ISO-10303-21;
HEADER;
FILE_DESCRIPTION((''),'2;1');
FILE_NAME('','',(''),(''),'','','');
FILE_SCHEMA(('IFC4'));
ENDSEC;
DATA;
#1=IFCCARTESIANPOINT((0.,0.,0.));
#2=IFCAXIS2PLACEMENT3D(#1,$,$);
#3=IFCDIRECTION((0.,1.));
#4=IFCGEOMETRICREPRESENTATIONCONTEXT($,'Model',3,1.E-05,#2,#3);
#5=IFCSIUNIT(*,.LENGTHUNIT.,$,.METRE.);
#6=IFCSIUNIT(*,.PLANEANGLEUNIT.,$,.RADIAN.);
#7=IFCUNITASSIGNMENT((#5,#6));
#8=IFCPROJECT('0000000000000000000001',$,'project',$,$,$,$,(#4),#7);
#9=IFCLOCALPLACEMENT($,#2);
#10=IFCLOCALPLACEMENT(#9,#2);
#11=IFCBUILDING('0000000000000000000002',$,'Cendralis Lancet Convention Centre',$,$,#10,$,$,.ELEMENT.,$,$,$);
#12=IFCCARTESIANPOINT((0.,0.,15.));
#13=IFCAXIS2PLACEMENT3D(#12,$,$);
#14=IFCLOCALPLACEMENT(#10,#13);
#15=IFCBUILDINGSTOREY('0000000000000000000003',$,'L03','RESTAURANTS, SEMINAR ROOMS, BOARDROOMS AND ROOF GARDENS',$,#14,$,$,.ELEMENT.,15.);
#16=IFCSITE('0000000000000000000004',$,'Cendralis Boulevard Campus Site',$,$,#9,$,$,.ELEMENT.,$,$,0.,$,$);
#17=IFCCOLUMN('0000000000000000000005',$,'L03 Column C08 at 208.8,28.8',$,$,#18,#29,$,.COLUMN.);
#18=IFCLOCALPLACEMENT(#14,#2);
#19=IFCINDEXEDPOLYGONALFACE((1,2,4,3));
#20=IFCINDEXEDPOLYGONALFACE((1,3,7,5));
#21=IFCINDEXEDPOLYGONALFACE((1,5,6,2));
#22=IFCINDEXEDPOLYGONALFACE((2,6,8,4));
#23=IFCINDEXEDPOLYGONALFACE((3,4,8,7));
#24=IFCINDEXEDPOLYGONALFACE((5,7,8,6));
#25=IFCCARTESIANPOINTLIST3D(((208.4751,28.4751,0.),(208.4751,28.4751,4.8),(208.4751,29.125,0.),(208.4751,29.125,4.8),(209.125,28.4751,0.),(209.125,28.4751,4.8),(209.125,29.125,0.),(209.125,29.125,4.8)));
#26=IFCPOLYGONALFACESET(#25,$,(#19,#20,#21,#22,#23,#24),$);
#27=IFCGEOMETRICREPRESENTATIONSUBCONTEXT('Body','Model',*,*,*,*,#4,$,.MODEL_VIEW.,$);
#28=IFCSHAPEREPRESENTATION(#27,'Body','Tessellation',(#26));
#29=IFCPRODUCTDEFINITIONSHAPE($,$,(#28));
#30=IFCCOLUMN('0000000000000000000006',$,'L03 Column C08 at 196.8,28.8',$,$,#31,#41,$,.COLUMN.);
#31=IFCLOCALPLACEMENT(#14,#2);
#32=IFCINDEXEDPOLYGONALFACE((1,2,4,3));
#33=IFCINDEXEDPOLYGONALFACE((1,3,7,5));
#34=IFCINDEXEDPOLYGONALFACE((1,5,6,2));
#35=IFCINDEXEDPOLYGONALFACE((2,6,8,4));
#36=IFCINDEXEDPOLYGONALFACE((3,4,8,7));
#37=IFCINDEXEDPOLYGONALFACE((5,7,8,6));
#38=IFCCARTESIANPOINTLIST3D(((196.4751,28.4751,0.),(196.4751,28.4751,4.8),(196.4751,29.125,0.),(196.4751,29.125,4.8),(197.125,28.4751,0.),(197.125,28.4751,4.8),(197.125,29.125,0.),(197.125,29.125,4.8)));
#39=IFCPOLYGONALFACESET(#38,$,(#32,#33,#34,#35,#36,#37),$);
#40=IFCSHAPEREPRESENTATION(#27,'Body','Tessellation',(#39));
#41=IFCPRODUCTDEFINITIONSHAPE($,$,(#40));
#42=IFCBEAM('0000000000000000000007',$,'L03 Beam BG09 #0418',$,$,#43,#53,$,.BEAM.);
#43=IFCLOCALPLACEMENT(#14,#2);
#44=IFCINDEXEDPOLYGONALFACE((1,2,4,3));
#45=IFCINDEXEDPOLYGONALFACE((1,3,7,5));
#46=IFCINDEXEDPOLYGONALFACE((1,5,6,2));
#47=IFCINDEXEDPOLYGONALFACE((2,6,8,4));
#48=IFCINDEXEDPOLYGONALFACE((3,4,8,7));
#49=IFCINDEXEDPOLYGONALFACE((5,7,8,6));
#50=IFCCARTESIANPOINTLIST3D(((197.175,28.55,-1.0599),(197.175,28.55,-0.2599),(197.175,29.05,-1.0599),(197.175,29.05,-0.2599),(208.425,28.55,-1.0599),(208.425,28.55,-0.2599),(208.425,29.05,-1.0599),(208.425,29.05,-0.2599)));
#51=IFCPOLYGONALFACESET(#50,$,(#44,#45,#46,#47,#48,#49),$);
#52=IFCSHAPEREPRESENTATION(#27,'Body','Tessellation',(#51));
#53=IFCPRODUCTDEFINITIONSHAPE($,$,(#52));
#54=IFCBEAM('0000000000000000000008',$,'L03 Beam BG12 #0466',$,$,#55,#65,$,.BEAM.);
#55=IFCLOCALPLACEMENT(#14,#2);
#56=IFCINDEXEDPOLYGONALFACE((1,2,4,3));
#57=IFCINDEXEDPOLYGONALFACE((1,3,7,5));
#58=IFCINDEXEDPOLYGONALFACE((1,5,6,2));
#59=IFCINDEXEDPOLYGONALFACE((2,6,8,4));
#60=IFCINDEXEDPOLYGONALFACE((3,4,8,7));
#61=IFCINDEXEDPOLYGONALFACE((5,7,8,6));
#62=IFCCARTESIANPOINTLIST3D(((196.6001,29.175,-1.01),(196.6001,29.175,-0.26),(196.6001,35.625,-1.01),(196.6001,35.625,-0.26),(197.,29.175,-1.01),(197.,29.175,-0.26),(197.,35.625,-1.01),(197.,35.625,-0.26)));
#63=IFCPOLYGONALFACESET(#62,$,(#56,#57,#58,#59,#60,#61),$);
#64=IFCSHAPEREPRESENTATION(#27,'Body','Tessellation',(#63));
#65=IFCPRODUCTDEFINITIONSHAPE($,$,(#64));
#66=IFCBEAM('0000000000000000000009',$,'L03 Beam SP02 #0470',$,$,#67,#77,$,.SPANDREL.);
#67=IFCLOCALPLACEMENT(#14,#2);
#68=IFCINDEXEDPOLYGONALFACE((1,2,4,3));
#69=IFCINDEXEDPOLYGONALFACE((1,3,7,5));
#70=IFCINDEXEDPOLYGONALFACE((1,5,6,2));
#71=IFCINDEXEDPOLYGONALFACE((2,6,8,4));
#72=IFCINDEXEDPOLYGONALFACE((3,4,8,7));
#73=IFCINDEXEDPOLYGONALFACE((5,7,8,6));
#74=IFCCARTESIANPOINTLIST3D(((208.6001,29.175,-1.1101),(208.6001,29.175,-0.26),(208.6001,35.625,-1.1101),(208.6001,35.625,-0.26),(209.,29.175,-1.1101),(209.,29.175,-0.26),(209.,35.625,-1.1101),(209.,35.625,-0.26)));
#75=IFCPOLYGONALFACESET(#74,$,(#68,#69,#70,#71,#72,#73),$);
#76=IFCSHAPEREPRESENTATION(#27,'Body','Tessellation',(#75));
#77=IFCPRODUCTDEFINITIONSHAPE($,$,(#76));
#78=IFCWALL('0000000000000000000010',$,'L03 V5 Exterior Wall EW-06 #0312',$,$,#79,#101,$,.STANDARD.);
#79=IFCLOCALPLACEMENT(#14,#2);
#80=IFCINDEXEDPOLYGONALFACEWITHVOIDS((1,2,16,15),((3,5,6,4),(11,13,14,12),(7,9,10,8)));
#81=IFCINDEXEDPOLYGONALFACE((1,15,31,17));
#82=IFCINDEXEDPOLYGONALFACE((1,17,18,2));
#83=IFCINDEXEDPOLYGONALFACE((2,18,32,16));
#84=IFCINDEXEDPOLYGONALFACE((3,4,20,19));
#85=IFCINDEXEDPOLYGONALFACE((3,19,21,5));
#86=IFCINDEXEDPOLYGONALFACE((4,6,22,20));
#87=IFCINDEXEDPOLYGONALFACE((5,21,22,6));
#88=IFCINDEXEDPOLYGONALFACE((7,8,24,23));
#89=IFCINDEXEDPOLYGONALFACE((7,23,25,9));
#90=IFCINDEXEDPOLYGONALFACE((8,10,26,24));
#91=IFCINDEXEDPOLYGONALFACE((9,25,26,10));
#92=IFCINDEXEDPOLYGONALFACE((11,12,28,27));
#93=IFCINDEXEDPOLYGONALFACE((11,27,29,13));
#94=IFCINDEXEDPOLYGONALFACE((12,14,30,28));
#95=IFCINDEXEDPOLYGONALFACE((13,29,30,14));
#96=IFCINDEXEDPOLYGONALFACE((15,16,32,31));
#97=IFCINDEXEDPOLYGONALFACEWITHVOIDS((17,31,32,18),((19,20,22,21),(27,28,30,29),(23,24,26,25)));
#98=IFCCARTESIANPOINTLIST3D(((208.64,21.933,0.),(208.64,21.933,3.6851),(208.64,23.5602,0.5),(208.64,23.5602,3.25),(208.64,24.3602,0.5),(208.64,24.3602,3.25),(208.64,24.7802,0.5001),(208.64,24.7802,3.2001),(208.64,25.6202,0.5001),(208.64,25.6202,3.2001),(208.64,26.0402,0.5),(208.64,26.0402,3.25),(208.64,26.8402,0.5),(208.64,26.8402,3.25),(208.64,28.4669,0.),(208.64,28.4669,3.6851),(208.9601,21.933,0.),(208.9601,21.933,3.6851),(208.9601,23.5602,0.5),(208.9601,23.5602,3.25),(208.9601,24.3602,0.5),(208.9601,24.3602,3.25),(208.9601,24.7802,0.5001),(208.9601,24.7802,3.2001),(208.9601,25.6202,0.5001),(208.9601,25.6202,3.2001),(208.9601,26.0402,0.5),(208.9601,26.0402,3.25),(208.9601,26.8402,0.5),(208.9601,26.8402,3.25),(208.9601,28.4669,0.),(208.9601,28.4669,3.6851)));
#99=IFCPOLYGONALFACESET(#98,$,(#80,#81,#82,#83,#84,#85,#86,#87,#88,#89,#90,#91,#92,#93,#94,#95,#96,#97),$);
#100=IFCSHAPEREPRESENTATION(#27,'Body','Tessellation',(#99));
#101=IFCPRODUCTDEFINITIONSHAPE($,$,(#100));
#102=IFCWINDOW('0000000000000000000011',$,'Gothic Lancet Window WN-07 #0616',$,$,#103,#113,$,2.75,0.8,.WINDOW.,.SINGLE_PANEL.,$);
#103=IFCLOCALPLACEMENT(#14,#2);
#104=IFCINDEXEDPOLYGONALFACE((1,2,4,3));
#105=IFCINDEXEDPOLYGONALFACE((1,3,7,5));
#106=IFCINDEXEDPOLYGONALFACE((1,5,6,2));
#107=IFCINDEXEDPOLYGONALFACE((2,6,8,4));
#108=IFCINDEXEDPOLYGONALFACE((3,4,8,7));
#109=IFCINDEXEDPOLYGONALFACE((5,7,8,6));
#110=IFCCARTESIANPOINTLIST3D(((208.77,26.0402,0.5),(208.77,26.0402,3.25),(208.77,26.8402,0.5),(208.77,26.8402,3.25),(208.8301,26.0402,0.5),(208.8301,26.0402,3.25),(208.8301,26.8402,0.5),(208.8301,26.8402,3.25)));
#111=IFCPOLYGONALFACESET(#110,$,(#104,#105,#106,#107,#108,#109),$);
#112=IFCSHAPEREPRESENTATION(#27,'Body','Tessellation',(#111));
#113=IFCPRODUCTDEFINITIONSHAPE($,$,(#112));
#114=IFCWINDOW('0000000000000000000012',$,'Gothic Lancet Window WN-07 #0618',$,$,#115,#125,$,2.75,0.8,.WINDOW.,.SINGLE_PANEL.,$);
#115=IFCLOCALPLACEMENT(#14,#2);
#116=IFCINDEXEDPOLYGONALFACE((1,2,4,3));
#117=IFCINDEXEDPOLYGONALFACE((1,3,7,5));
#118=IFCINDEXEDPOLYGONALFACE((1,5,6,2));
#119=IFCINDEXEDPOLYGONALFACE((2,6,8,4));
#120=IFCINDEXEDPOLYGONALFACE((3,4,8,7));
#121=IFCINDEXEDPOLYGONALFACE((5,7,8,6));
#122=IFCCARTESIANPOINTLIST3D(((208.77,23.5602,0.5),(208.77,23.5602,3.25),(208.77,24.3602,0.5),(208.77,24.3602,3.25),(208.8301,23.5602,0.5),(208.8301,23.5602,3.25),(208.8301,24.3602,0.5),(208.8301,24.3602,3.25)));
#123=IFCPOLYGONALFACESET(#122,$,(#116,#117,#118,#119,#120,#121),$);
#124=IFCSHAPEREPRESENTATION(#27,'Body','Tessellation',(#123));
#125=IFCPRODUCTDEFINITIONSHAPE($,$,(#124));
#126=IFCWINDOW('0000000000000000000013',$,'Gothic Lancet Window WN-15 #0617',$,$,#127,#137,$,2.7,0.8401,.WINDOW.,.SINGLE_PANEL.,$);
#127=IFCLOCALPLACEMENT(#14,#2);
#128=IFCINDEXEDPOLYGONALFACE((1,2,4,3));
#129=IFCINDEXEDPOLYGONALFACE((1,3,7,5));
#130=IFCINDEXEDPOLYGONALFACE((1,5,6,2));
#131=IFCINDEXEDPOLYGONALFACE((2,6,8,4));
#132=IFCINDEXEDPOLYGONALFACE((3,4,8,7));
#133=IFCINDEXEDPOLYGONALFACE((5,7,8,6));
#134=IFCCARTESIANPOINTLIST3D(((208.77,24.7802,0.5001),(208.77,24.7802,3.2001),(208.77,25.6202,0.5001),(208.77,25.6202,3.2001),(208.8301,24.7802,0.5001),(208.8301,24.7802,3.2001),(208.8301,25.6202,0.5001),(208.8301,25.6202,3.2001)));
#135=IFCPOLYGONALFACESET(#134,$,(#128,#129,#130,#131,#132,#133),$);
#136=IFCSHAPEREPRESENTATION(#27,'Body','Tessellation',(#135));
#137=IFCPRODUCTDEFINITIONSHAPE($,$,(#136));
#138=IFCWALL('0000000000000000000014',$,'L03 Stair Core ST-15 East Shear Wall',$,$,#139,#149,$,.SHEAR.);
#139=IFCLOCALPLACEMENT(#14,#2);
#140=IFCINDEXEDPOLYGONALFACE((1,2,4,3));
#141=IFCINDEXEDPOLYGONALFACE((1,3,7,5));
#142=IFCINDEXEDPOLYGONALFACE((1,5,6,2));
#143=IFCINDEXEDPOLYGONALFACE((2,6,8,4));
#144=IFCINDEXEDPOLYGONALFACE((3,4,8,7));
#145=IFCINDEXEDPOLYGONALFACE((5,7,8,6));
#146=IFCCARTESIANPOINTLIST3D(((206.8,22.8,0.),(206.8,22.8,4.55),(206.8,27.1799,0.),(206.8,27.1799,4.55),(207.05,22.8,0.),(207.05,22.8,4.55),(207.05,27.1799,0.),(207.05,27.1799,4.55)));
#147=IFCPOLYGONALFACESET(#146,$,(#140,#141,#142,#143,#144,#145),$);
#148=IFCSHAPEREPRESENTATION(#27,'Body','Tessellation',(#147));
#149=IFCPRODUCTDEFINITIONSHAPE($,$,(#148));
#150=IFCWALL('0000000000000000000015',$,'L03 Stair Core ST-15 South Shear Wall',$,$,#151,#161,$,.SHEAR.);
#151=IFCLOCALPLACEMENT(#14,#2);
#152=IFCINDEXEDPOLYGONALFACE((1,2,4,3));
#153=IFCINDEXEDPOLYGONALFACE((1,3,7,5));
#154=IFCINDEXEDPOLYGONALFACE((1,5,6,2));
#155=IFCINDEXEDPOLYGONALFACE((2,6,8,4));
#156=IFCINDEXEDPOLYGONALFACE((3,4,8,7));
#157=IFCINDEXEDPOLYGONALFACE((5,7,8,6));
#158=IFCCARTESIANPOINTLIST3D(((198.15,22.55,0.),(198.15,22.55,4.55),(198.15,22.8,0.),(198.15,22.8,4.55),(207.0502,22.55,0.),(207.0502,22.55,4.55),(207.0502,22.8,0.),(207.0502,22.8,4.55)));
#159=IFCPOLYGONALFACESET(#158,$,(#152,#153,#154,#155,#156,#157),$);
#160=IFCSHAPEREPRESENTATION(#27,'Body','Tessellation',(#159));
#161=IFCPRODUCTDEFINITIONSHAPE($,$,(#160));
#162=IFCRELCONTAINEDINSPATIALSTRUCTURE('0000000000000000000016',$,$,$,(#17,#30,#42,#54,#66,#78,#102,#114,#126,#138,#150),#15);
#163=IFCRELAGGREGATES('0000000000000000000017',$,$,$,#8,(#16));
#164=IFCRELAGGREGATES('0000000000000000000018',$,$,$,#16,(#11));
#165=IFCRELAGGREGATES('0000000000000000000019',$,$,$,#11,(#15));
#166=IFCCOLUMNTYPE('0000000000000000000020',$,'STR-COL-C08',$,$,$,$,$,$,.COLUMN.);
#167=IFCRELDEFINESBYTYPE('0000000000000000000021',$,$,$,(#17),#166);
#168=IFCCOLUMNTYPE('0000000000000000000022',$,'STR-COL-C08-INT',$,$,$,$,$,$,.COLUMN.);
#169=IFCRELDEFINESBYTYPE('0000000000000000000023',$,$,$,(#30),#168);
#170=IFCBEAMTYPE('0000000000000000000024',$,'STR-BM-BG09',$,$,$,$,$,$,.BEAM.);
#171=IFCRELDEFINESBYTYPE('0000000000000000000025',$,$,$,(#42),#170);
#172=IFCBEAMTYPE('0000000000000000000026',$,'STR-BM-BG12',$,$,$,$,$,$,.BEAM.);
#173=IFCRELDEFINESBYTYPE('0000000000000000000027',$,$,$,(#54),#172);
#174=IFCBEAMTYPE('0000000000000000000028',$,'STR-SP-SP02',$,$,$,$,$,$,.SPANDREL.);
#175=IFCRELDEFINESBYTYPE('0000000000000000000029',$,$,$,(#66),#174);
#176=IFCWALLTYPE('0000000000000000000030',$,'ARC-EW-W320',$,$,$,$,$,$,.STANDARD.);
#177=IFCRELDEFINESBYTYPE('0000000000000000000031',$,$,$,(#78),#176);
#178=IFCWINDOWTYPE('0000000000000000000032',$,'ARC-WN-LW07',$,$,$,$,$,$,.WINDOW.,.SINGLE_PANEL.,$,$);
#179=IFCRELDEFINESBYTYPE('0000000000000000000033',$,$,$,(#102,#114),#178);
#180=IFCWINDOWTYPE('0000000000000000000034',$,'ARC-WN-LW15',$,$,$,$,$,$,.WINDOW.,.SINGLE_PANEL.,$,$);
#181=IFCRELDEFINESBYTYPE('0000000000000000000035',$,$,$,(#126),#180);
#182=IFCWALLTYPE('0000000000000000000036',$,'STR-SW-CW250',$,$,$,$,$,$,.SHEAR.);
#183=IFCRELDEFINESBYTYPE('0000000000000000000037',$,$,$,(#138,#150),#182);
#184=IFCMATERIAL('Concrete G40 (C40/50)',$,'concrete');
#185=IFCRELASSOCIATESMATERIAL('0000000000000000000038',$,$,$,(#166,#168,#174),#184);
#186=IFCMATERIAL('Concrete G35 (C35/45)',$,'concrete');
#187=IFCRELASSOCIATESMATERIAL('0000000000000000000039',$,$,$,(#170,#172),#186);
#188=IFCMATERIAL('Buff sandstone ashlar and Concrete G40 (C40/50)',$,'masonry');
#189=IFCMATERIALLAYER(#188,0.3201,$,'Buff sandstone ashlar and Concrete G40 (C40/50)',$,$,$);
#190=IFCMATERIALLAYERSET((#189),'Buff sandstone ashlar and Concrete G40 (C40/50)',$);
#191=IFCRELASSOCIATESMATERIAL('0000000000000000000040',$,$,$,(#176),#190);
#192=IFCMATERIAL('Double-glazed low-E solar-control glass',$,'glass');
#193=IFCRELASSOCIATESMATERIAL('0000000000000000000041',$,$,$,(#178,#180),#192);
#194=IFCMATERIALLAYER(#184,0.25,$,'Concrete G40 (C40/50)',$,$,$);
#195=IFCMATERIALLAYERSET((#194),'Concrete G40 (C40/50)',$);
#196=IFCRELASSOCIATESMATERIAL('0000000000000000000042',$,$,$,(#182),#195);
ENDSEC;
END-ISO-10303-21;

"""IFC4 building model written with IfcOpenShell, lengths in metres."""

from ifc_helpers import new_model, si_unit, direction, frame, frame_2d, origin, origin_2d, place, context, subcontext, project, spatial, rectangle, extrude, material, layer, layer_set, material_profile, profile_set, type_object, element, fill, save


model = new_model("IFC4")

# Units and contexts
model_context = context("Model", 3, precision=1e-05, world=origin(), true_north=direction((0.0, 1.0)))
body_context = subcontext(model_context, "Body", "Model", "MODEL_VIEW")
ifc_project = project(units=[si_unit("LENGTHUNIT", "METRE"), si_unit("PLANEANGLEUNIT", "RADIAN")], contexts=[model_context])

# Site, building, storey
site_placement = place(None, origin())
site = spatial("IfcSite", under=ifc_project, at=site_placement, Name="Cendralis Boulevard Campus Site", CompositionType="ELEMENT", RefElevation=0.0)
building_placement = place(site_placement, origin())
building = spatial("IfcBuilding", under=site, at=building_placement, Name="Cendralis Lancet Convention Centre", CompositionType="ELEMENT")
storey_placement = place(building_placement, frame((0.0, 0.0, 15.0)))
storey = spatial("IfcBuildingStorey", under=building, at=storey_placement, Name="L03", Description="RESTAURANTS, SEMINAR ROOMS, BOARDROOMS AND ROOF GARDENS", CompositionType="ELEMENT", Elevation=15.0)

# Columns
ifc_material_1 = material(Name="Concrete G40 (C40/50)", Category="concrete")
ifc_material_profile_1 = material_profile(ifc_material_1, rectangle(XDim=0.6499, YDim=0.6499, at=origin_2d()), Name="RC 650x650")
ifc_profile_set_1 = profile_set([ifc_material_profile_1], Name="Concrete G40 (C40/50)")
column_type_1 = type_object("IfcColumnType", Name="STR-COL-C08", PredefinedType="COLUMN", material=ifc_profile_set_1)
column_1_placement = place(storey_placement, frame((208.8, 28.8, 0.0), z_axis=(0.0, 0.0, 1.0), x_axis=(1.0, 0.0, 0.0)))
element("IfcColumn", 1, at=column_1_placement, inside=storey, type_object=column_type_1, Name="L03 Column C08 at 208.8,28.8", PredefinedType="COLUMN", context=body_context, shape_type="SweptSolid", body=[
    extrude(rectangle(XDim=0.6499, YDim=0.6499, at=origin_2d()), origin(), (0.0, 0.0, 1.0), 4.8),
])
ifc_material_profile_2 = material_profile(ifc_material_1, rectangle(XDim=0.6499, YDim=0.6499, at=origin_2d()), Name="RC 650x650")
ifc_profile_set_2 = profile_set([ifc_material_profile_2], Name="Concrete G40 (C40/50)")
column_type_2 = type_object("IfcColumnType", Name="STR-COL-C08-INT", PredefinedType="COLUMN", material=ifc_profile_set_2)
column_2_placement = place(storey_placement, frame((196.8, 28.8, 0.0), z_axis=(0.0, 0.0, 1.0), x_axis=(1.0, 0.0, 0.0)))
element("IfcColumn", 2, at=column_2_placement, inside=storey, type_object=column_type_2, Name="L03 Column C08 at 196.8,28.8", PredefinedType="COLUMN", context=body_context, shape_type="SweptSolid", body=[
    extrude(rectangle(XDim=0.6499, YDim=0.6499, at=origin_2d()), origin(), (0.0, 0.0, 1.0), 4.8),
])

# Beams
ifc_material_2 = material(Name="Concrete G35 (C35/45)", Category="concrete")
ifc_material_profile_3 = material_profile(ifc_material_2, rectangle(XDim=0.5, YDim=0.8, at=origin_2d()), Name="RCB 500x800")
ifc_profile_set_3 = profile_set([ifc_material_profile_3], Name="Concrete G35 (C35/45)")
beam_type_1 = type_object("IfcBeamType", Name="STR-BM-BG09", PredefinedType="BEAM", material=ifc_profile_set_3)
beam_1_placement = place(storey_placement, frame((197.175, 28.8, -0.6599), z_axis=(1.0, 0.0, 0.0), x_axis=(0.0, 1.0, 0.0)))
element("IfcBeam", 3, at=beam_1_placement, inside=storey, type_object=beam_type_1, Name="L03 Beam BG09 #0418", PredefinedType="BEAM", context=body_context, shape_type="SweptSolid", body=[
    extrude(rectangle(XDim=0.5, YDim=0.8, at=origin_2d()), origin(), (0.0, 0.0, 1.0), 11.25),
])
ifc_material_profile_4 = material_profile(ifc_material_2, rectangle(XDim=0.3999, YDim=0.75, at=origin_2d()), Name="RCB 400x750")
ifc_profile_set_4 = profile_set([ifc_material_profile_4], Name="Concrete G35 (C35/45)")
beam_type_2 = type_object("IfcBeamType", Name="STR-BM-BG12", PredefinedType="BEAM", material=ifc_profile_set_4)
beam_2_placement = place(storey_placement, frame((196.8, 29.175, -0.635), z_axis=(0.0, 1.0, 0.0), x_axis=(-1.0, 0.0, 0.0)))
element("IfcBeam", 4, at=beam_2_placement, inside=storey, type_object=beam_type_2, Name="L03 Beam BG12 #0466", PredefinedType="BEAM", context=body_context, shape_type="SweptSolid", body=[
    extrude(rectangle(XDim=0.3999, YDim=0.75, at=origin_2d()), origin(), (0.0, 0.0, 1.0), 6.45),
])
ifc_material_profile_5 = material_profile(ifc_material_1, rectangle(XDim=0.3999, YDim=0.8501, at=origin_2d()), Name="RCB 400x850")
ifc_profile_set_5 = profile_set([ifc_material_profile_5], Name="Concrete G40 (C40/50)")
beam_type_3 = type_object("IfcBeamType", Name="STR-SP-SP02", PredefinedType="SPANDREL", material=ifc_profile_set_5)
beam_3_placement = place(storey_placement, frame((208.8, 29.175, -0.6851), z_axis=(0.0, 1.0, 0.0), x_axis=(-1.0, 0.0, 0.0)))
element("IfcBeam", 5, at=beam_3_placement, inside=storey, type_object=beam_type_3, Name="L03 Beam SP02 #0470", PredefinedType="SPANDREL", context=body_context, shape_type="SweptSolid", body=[
    extrude(rectangle(XDim=0.3999, YDim=0.8501, at=origin_2d()), origin(), (0.0, 0.0, 1.0), 6.45),
])

# Wall, openings, windows
ifc_material_3 = material(Name="Buff sandstone ashlar and Concrete G40 (C40/50)", Category="masonry")
ifc_layer_1 = layer(ifc_material_3, 0.3201, Name="Buff sandstone ashlar and Concrete G40 (C40/50)")
ifc_layer_set_1 = layer_set([ifc_layer_1], Name="Buff sandstone ashlar and Concrete G40 (C40/50)")
wall_type_1 = type_object("IfcWallType", Name="ARC-EW-W320", PredefinedType="STANDARD", material=ifc_layer_set_1)
wall_1_placement = place(storey_placement, frame((208.8, 28.467, 0.0), z_axis=(0.0, 0.0, 1.0), x_axis=(0.0, -1.0, 0.0)))
wall_1 = element("IfcWall", 6, at=wall_1_placement, inside=storey, type_object=wall_type_1, Name="L03 V5 Exterior Wall EW-06 #0312", PredefinedType="STANDARD", context=body_context, shape_type="SweptSolid", body=[
    extrude(rectangle(XDim=6.5339, YDim=0.3201, at=frame_2d((3.2671, 0.0))), origin(), (0.0, 0.0, 1.0), 3.6851),
])
opening_1_placement = place(wall_1_placement, frame((1.627, 0.0, 0.5)))
opening_1 = element("IfcOpeningElement", 7, at=opening_1_placement, cuts=wall_1, PredefinedType="OPENING", context=body_context, shape_type="SweptSolid", body=[
    extrude(rectangle(XDim=0.8, YDim=2.75, at=frame_2d((0.3999, 1.375))), frame((0.0, 0.1699, 0.0), z_axis=(0.0, -1.0, 0.0), x_axis=(1.0, 0.0, 0.0)), (0.0, 0.0, 1.0), 0.3401),
])
opening_2_placement = place(wall_1_placement, frame((2.8469, 0.0, 0.5)))
opening_2 = element("IfcOpeningElement", 8, at=opening_2_placement, cuts=wall_1, PredefinedType="OPENING", context=body_context, shape_type="SweptSolid", body=[
    extrude(rectangle(XDim=0.8401, YDim=2.7, at=frame_2d((0.4199, 1.3501))), frame((0.0, 0.1699, 0.0), z_axis=(0.0, -1.0, 0.0), x_axis=(1.0, 0.0, 0.0)), (0.0, 0.0, 1.0), 0.3401),
])
opening_3_placement = place(wall_1_placement, frame((4.1069, 0.0, 0.5)))
opening_3 = element("IfcOpeningElement", 9, at=opening_3_placement, cuts=wall_1, PredefinedType="OPENING", context=body_context, shape_type="SweptSolid", body=[
    extrude(rectangle(XDim=0.8, YDim=2.75, at=frame_2d((0.3999, 1.375))), frame((0.0, 0.1699, 0.0), z_axis=(0.0, -1.0, 0.0), x_axis=(1.0, 0.0, 0.0)), (0.0, 0.0, 1.0), 0.3401),
])
ifc_material_4 = material(Name="Double-glazed low-E solar-control glass", Category="glass")
window_type_1 = type_object("IfcWindowType", Name="ARC-WN-LW07", PartitioningType="SINGLE_PANEL", PredefinedType="WINDOW", material=ifc_material_4)
window_1_placement = place(opening_1_placement, origin())
window_1 = element("IfcWindow", 10, at=window_1_placement, inside=storey, type_object=window_type_1, Name="Gothic Lancet Window WN-07 #0616", OverallHeight=2.75, OverallWidth=0.8, PartitioningType="SINGLE_PANEL", PredefinedType="WINDOW", context=body_context, shape_type="SweptSolid", body=[
    extrude(rectangle(XDim=0.8, YDim=2.75, at=frame_2d((0.3999, 1.375))), frame((0.0, 0.03, 0.0), z_axis=(0.0, -1.0, 0.0), x_axis=(1.0, 0.0, 0.0)), (0.0, 0.0, 1.0), 0.0601),
])
fill(opening_1, window_1)
window_2_placement = place(opening_3_placement, origin())
window_2 = element("IfcWindow", 11, at=window_2_placement, inside=storey, type_object=window_type_1, Name="Gothic Lancet Window WN-07 #0618", OverallHeight=2.75, OverallWidth=0.8, PartitioningType="SINGLE_PANEL", PredefinedType="WINDOW", context=body_context, shape_type="SweptSolid", body=[
    extrude(rectangle(XDim=0.8, YDim=2.75, at=frame_2d((0.3999, 1.375))), frame((0.0, 0.03, 0.0), z_axis=(0.0, -1.0, 0.0), x_axis=(1.0, 0.0, 0.0)), (0.0, 0.0, 1.0), 0.0601),
])
fill(opening_3, window_2)
window_type_2 = type_object("IfcWindowType", Name="ARC-WN-LW15", PartitioningType="SINGLE_PANEL", PredefinedType="WINDOW", material=ifc_material_4)
window_3_placement = place(opening_2_placement, origin())
window_3 = element("IfcWindow", 12, at=window_3_placement, inside=storey, type_object=window_type_2, Name="Gothic Lancet Window WN-15 #0617", OverallHeight=2.7, OverallWidth=0.8401, PartitioningType="SINGLE_PANEL", PredefinedType="WINDOW", context=body_context, shape_type="SweptSolid", body=[
    extrude(rectangle(XDim=0.8401, YDim=2.7, at=frame_2d((0.4199, 1.3501))), frame((0.0, 0.03, 0.0), z_axis=(0.0, -1.0, 0.0), x_axis=(1.0, 0.0, 0.0)), (0.0, 0.0, 1.0), 0.0601),
])
fill(opening_2, window_3)

# Shared definitions
ifc_layer_2 = layer(ifc_material_1, 0.25, Name="Concrete G40 (C40/50)")
ifc_layer_set_2 = layer_set([ifc_layer_2], Name="Concrete G40 (C40/50)")
wall_type_2 = type_object("IfcWallType", Name="STR-SW-CW250", PredefinedType="SHEAR", material=ifc_layer_set_2)

# Walls
wall_2_placement = place(storey_placement, frame((206.925, 22.8, 0.0), z_axis=(0.0, 0.0, 1.0), x_axis=(0.0, 1.0, 0.0)))
element("IfcWall", 13, at=wall_2_placement, inside=storey, type_object=wall_type_2, Name="L03 Stair Core ST-15 East Shear Wall", PredefinedType="SHEAR", context=body_context, shape_type="SweptSolid", body=[
    extrude(rectangle(XDim=4.3799, YDim=0.25, at=frame_2d((2.1899, 0.0))), origin(), (0.0, 0.0, 1.0), 4.55),
])
for number, where, z_axis, x_axis, name in (
    (14, (198.1499, 22.675, 0.0), (0.0, 0.0, 1.0), (1.0, 0.0, 0.0), "L03 Stair Core ST-15 South Shear Wall"),
):
    element("IfcWall", number, at=place(storey_placement, frame(where, z_axis=z_axis, x_axis=x_axis)), inside=storey, type_object=wall_type_2, Name=name, PredefinedType="SHEAR", context=body_context, shape_type="SweptSolid", body=[
        extrude(rectangle(XDim=8.9001, YDim=0.25, at=frame_2d((4.4502, 0.0))), origin(), (0.0, 0.0, 1.0), 4.55),
    ])

save(model, "model.ifc")
